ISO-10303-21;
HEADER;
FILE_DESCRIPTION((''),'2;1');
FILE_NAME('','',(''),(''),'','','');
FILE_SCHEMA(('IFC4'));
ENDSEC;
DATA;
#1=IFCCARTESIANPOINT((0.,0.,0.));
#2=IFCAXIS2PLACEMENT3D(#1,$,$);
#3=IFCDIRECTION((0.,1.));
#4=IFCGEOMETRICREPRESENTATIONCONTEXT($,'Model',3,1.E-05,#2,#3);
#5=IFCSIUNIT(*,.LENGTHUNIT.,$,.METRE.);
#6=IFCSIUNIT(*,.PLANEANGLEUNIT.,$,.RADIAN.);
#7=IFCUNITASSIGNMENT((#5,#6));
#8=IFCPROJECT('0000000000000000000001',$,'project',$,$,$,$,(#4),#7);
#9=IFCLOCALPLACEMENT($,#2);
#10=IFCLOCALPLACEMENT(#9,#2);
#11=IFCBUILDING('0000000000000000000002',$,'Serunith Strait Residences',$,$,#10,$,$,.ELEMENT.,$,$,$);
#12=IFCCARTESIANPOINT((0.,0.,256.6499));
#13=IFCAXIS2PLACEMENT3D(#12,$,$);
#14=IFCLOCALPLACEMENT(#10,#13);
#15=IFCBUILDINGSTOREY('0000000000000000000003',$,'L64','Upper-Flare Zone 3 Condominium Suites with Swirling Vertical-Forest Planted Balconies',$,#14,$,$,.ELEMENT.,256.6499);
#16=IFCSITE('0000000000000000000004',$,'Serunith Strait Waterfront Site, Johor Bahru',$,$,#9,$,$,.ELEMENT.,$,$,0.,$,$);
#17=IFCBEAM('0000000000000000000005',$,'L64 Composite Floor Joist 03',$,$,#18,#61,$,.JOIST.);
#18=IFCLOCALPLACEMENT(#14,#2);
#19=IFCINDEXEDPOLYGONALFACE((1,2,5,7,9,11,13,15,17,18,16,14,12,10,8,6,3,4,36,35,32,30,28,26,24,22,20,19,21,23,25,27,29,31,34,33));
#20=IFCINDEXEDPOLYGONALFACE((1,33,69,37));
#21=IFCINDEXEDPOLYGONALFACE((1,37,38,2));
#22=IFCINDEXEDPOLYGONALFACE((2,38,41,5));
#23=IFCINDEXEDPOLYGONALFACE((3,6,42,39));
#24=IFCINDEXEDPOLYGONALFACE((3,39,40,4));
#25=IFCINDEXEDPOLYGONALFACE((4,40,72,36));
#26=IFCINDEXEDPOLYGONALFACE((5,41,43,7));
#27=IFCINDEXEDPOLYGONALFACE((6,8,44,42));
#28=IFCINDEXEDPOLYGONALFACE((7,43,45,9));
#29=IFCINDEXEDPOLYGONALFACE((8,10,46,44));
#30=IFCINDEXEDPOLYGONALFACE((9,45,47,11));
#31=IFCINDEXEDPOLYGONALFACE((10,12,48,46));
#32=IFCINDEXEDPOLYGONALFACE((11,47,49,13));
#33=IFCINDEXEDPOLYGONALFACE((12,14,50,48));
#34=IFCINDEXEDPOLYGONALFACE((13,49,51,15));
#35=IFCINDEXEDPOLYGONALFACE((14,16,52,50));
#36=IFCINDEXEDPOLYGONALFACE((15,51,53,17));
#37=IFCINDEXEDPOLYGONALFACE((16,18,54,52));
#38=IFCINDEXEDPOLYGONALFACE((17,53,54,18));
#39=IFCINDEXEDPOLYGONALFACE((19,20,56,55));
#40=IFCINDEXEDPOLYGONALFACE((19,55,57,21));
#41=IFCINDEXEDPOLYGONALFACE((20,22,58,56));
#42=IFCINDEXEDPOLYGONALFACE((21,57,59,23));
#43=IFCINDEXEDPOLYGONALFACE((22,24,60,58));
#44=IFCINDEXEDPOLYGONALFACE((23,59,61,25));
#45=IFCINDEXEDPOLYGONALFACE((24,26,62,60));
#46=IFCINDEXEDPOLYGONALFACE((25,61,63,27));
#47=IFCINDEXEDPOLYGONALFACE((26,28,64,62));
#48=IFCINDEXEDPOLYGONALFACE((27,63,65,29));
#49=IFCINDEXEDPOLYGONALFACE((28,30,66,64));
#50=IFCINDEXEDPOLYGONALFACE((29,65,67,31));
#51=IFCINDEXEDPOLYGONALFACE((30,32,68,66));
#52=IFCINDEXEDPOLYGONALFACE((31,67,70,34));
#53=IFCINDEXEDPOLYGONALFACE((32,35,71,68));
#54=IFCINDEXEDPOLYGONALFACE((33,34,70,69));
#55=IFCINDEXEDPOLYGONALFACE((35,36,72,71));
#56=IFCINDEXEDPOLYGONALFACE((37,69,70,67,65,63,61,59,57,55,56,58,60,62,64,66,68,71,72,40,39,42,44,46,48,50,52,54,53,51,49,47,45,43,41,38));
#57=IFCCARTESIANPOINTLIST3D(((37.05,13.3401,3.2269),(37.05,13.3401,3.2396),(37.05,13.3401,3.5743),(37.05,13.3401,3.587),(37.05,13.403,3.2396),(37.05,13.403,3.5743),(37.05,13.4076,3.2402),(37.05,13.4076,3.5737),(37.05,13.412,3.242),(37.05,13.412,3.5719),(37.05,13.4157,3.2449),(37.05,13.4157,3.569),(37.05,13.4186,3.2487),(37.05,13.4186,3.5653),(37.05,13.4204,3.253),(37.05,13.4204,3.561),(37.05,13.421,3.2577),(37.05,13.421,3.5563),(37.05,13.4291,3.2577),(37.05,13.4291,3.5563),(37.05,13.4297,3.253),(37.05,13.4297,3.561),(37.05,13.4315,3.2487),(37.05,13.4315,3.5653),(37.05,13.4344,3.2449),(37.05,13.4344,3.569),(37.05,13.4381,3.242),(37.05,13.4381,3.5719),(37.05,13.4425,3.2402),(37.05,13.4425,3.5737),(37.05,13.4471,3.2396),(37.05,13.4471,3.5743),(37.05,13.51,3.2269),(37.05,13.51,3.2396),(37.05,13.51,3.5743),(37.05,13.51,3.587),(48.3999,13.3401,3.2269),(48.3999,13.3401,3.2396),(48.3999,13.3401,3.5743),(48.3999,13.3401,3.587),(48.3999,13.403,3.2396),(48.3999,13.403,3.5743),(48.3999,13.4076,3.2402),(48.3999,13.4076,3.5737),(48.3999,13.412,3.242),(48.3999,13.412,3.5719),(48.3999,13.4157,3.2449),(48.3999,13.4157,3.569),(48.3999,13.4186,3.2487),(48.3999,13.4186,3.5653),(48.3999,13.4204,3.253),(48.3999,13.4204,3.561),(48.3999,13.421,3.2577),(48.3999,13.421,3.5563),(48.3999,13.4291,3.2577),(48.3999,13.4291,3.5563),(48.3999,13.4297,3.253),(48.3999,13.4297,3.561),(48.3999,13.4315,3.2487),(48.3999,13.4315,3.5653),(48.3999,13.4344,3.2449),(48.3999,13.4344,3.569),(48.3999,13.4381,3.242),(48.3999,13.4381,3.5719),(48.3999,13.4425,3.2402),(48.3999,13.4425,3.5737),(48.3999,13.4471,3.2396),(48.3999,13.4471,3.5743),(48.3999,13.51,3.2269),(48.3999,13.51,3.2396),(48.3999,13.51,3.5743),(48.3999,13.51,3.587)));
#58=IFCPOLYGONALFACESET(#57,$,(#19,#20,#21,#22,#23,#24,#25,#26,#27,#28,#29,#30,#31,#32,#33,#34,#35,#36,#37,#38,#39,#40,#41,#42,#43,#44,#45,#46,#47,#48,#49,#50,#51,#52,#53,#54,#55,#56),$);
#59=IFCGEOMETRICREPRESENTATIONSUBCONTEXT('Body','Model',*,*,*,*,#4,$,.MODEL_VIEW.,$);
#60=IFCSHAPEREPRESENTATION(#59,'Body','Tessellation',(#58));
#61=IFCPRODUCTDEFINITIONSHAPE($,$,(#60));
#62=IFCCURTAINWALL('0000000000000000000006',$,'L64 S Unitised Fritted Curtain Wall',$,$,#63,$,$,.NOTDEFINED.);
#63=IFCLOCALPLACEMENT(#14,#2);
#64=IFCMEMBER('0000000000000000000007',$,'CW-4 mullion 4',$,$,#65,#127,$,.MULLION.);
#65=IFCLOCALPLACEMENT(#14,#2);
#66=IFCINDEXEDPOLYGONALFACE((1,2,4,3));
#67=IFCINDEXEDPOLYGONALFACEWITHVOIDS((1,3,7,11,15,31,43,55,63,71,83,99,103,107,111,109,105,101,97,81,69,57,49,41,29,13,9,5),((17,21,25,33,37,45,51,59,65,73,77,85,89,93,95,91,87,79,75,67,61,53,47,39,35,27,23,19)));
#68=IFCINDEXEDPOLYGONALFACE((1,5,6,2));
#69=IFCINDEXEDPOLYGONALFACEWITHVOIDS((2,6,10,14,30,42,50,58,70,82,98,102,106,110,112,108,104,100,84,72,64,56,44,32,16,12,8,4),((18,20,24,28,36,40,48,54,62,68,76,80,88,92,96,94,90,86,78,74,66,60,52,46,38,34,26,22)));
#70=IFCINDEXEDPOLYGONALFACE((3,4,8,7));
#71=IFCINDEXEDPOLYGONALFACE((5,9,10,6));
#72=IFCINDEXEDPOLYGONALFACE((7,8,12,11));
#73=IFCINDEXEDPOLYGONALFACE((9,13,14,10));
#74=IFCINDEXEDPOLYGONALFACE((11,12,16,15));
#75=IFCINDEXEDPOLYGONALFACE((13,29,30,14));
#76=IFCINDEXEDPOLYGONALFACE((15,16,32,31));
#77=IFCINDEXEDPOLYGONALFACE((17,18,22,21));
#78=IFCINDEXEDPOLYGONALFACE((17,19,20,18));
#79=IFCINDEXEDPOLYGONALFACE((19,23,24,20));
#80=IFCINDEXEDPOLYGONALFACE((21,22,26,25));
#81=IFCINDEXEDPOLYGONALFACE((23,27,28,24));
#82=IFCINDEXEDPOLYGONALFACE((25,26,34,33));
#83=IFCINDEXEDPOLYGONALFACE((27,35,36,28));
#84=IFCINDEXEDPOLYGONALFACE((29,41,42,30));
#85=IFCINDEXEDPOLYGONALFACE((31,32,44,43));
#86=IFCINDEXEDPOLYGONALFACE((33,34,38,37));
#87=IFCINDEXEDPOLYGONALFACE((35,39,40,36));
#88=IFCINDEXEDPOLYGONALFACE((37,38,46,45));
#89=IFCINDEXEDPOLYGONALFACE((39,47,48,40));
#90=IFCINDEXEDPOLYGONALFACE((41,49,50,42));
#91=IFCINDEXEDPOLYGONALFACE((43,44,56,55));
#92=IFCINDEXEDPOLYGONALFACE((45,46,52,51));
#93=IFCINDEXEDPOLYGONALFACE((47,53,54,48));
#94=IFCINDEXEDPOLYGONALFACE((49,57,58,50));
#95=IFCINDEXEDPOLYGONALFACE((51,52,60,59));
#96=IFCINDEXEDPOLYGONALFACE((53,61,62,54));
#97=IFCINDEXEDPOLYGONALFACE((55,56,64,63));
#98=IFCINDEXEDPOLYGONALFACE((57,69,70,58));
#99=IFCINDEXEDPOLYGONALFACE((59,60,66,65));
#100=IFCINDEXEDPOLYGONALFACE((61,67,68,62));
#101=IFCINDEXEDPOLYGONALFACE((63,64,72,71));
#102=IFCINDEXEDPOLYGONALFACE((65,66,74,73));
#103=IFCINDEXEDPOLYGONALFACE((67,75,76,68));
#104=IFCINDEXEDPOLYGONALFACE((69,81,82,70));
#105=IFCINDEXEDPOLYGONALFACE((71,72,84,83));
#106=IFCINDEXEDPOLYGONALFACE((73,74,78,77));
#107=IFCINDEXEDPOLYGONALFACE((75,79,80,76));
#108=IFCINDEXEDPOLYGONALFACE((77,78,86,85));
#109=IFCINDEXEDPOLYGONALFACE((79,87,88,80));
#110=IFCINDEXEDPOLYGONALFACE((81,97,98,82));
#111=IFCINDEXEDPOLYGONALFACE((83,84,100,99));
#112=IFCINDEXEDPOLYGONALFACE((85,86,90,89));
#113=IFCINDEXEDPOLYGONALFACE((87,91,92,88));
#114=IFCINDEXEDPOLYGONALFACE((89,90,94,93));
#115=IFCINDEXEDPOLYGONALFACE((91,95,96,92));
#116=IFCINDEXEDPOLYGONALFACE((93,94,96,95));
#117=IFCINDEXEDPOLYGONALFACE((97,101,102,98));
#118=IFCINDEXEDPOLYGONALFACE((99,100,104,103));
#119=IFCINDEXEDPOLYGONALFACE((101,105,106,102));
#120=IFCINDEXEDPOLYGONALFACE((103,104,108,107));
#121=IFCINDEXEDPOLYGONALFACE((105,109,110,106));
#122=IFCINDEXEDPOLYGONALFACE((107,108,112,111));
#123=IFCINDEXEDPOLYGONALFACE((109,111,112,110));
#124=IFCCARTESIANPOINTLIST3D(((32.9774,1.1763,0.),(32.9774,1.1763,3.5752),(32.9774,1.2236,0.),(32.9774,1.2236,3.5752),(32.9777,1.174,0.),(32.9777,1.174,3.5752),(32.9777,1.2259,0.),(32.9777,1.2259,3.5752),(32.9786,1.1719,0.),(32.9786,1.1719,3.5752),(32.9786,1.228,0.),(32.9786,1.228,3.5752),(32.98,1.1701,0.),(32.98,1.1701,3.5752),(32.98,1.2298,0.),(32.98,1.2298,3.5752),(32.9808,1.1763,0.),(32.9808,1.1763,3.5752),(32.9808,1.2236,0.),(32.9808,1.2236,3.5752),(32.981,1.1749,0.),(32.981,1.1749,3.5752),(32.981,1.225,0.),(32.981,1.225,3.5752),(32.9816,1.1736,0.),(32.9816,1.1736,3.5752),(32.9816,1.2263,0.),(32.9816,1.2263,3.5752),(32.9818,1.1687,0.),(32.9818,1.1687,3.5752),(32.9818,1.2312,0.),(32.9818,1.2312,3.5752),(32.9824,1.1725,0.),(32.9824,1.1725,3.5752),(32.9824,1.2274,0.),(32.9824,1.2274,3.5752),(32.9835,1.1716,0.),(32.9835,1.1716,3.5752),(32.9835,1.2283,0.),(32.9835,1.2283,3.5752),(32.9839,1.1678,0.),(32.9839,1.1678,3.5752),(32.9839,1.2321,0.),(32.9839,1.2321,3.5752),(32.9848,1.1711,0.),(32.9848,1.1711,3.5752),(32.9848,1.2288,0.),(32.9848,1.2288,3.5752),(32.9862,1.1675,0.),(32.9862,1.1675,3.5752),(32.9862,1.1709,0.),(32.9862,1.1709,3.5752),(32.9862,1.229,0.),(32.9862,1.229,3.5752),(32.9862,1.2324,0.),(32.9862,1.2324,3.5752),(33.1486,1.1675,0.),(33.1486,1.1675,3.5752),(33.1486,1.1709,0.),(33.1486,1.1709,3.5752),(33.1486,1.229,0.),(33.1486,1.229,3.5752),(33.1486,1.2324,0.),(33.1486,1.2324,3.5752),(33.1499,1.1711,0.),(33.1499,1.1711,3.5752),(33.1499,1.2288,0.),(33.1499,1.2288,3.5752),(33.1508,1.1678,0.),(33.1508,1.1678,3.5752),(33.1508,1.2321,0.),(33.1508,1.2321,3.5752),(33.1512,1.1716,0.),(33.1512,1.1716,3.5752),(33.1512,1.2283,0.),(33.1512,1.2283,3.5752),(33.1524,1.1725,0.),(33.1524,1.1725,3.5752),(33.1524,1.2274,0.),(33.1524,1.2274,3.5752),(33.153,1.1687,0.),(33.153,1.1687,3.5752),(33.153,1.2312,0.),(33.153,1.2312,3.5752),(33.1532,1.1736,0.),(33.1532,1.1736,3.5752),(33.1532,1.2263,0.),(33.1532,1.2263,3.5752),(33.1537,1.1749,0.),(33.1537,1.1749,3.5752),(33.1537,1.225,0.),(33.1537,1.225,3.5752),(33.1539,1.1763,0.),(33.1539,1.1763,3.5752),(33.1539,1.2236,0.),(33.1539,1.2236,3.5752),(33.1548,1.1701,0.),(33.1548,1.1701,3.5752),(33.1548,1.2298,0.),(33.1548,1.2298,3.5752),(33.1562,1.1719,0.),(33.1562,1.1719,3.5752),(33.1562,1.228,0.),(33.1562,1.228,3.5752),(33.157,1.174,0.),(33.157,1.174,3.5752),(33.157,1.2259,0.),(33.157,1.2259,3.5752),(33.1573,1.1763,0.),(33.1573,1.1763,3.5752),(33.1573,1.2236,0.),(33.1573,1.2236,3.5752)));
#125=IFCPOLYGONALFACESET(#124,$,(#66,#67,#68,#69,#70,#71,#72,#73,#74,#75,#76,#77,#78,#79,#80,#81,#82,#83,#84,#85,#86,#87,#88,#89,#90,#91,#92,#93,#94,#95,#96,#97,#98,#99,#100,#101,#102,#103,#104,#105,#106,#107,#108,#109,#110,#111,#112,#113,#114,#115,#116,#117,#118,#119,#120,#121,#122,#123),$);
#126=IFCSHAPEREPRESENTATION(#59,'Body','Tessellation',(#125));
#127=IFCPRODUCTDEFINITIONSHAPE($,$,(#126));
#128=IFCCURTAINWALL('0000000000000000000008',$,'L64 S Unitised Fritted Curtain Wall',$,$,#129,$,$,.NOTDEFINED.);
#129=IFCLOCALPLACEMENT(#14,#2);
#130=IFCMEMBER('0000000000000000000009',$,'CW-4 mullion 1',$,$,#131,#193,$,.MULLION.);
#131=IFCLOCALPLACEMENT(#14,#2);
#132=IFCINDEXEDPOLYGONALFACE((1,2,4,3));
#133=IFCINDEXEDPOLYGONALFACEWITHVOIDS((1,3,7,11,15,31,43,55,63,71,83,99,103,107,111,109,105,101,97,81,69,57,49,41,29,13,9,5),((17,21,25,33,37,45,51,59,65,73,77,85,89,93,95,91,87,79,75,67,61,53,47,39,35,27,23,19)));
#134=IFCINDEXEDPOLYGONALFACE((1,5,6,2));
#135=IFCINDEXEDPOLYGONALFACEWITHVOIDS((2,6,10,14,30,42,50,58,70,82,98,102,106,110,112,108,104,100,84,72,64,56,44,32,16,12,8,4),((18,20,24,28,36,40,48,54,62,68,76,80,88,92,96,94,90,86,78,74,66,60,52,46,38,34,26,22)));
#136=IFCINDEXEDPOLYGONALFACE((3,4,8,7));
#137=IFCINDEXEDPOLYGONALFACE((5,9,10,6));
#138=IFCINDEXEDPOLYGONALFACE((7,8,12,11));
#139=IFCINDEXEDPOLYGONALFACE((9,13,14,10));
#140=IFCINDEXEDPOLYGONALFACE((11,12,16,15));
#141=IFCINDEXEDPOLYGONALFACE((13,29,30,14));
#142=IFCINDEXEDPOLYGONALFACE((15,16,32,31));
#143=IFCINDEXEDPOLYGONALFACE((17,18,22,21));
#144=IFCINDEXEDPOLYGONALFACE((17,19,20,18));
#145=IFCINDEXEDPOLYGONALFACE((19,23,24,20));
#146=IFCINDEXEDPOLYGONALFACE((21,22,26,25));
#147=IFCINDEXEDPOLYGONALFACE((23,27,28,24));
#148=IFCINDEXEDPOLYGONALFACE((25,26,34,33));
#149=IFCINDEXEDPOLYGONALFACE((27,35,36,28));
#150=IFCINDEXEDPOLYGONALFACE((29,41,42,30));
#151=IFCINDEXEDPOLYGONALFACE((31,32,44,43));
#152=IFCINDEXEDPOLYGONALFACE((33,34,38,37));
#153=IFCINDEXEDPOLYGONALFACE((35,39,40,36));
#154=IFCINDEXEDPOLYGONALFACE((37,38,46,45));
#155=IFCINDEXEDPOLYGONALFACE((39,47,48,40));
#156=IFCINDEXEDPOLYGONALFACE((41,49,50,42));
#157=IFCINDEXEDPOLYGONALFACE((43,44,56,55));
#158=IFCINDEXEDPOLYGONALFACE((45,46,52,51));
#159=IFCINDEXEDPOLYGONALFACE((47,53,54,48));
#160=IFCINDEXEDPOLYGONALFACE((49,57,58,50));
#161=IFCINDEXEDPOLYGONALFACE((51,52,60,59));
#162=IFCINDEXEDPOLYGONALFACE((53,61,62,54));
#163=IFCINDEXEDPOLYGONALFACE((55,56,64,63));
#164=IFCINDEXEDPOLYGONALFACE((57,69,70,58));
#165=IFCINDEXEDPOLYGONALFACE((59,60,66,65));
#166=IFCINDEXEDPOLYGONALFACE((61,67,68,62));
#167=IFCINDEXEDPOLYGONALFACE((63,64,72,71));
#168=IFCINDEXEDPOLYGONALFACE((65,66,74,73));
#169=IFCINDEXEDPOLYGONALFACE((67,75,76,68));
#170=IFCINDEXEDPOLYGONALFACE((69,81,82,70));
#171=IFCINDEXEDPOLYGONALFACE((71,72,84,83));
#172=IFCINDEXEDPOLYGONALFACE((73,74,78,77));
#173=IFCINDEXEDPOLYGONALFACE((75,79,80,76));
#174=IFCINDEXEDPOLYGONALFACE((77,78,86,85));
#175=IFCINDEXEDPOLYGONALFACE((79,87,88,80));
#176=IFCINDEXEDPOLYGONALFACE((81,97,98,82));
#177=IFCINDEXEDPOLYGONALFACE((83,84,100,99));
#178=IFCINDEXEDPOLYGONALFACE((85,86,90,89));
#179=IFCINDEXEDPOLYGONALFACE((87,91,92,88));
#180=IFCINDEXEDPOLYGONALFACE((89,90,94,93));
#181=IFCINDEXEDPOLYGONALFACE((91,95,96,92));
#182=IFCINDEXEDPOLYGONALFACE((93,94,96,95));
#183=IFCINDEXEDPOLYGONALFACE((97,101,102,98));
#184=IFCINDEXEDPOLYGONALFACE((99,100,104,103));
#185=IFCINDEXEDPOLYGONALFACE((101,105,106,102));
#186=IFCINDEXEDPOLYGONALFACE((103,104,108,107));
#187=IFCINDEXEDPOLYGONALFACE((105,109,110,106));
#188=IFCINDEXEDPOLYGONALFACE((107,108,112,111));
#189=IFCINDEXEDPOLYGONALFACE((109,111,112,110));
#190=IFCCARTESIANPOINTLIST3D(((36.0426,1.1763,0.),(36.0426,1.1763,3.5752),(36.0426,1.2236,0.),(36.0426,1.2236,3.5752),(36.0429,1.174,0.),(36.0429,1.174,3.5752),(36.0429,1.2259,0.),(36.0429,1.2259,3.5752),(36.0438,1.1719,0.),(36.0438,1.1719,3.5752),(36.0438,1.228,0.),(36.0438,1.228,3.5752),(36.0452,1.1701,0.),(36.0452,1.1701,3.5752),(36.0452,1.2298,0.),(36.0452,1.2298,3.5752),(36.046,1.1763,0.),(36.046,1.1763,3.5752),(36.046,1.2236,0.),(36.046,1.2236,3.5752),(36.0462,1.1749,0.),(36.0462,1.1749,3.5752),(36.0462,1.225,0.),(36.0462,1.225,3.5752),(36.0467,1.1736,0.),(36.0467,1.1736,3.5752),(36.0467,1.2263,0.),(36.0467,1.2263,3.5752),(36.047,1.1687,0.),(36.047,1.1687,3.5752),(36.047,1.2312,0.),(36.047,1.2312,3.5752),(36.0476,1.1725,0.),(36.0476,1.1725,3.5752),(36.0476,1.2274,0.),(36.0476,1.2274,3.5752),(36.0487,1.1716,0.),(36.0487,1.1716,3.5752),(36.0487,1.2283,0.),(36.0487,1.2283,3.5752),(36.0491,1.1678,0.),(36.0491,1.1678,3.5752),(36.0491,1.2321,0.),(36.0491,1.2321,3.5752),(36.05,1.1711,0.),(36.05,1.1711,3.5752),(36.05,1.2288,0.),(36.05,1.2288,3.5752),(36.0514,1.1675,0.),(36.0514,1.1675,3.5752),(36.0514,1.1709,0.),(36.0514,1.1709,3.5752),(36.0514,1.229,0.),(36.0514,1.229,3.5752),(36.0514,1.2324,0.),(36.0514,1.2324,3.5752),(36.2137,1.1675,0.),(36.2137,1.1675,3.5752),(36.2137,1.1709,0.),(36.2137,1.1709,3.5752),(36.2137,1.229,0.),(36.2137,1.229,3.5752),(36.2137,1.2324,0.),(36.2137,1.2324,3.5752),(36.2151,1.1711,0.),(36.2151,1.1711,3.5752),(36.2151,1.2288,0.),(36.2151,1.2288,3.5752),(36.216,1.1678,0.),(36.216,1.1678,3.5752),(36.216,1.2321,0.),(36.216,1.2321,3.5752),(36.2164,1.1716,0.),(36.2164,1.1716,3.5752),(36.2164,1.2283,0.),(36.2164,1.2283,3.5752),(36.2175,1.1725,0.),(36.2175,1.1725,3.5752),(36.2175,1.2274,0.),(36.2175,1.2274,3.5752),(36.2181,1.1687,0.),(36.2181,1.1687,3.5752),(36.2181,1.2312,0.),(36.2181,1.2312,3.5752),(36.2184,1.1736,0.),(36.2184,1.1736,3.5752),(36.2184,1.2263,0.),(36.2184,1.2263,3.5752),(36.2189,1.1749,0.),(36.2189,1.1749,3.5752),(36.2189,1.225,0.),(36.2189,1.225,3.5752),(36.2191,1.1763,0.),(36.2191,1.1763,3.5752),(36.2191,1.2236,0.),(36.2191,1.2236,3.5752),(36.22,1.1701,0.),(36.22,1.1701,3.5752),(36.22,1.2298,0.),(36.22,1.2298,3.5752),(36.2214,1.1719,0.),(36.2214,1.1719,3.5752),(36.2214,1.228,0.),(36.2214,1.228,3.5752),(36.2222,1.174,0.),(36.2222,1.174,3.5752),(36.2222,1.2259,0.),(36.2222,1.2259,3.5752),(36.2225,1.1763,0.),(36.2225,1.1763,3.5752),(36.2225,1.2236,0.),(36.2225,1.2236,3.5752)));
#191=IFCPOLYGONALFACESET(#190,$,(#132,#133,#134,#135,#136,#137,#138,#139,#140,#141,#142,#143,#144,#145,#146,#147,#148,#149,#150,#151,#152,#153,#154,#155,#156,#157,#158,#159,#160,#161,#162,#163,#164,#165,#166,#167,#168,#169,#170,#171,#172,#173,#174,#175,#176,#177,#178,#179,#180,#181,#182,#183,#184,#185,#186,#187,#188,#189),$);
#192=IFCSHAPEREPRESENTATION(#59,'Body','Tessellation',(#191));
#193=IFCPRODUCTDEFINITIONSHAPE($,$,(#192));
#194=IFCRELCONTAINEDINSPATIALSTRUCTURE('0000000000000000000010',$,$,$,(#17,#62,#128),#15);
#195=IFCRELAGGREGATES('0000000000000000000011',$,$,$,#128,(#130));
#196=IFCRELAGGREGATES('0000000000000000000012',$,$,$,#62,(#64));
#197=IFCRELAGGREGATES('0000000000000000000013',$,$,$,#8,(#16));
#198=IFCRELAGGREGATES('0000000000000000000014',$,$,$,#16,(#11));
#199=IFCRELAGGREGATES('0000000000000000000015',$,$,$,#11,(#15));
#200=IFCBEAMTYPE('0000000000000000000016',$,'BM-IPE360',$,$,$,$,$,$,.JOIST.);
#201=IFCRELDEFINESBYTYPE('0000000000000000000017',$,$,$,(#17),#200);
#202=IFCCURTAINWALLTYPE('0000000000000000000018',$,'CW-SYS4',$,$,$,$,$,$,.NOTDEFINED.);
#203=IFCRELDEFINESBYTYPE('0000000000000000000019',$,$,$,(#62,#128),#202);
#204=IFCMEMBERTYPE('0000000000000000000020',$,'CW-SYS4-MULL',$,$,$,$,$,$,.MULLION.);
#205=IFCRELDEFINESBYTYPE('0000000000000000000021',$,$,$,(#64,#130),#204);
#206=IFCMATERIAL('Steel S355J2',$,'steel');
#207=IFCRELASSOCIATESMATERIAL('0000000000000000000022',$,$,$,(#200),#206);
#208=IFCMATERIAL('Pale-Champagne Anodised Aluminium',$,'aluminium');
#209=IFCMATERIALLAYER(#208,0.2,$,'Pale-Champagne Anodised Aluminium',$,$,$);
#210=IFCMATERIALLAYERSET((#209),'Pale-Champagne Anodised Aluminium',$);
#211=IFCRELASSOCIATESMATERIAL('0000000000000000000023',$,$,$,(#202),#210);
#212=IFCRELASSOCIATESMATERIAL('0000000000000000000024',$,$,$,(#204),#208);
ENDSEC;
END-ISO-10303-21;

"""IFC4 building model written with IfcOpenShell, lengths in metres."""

from ifc_helpers import new_model, si_unit, direction, frame, origin, origin_2d, place, context, subcontext, project, spatial, hollow_rectangle, i_section, extrude, source, transform, mapped, material, layer, layer_set, material_profile, profile_set, type_object, element, aggregate, save


model = new_model("IFC4")

# Units and contexts
model_context = context("Model", 3, precision=1e-05, world=origin(), true_north=direction((0.0, 1.0)))
body_context = subcontext(model_context, "Body", "Model", "MODEL_VIEW")
ifc_project = project(units=[si_unit("LENGTHUNIT", "METRE"), si_unit("PLANEANGLEUNIT", "RADIAN")], contexts=[model_context])

# Site, building, storey
site_placement = place(None, origin())
site = spatial("IfcSite", under=ifc_project, at=site_placement, Name="Serunith Strait Waterfront Site, Johor Bahru", CompositionType="ELEMENT", RefElevation=0.0)
building_placement = place(site_placement, origin())
building = spatial("IfcBuilding", under=site, at=building_placement, Name="Serunith Strait Residences", CompositionType="ELEMENT")
storey_placement = place(building_placement, frame((0.0, 0.0, 256.6499)))
storey = spatial("IfcBuildingStorey", under=building, at=storey_placement, Name="L64", Description="Upper-Flare Zone 3 Condominium Suites with Swirling Vertical-Forest Planted Balconies", CompositionType="ELEMENT", Elevation=256.6499)

# Beam
ifc_material_1 = material(Name="Steel S355J2", Category="steel")
ifc_material_profile_1 = material_profile(ifc_material_1, i_section(OverallWidth=0.1699, OverallDepth=0.3601, WebThickness=0.0081, FlangeThickness=0.0127, FilletRadius=0.0181, at=origin_2d()), Name="IPE 360")
ifc_profile_set_1 = profile_set([ifc_material_profile_1], Name="Steel S355J2")
beam_type_1 = type_object("IfcBeamType", Name="BM-IPE360", PredefinedType="JOIST", material=ifc_profile_set_1)
shared_shape_1 = source(origin(), body_context, "Body", "SweptSolid", [
    extrude(i_section(OverallWidth=0.1699, OverallDepth=0.3601, WebThickness=0.0081, FlangeThickness=0.0127, FilletRadius=0.0181, at=origin_2d()), origin(), (0.0, 0.0, 1.0), 11.3499),
])
beam_1_placement = place(storey_placement, frame((37.05, 13.425, 3.407), z_axis=(1.0, 0.0, 0.0), x_axis=(0.0, 1.0, 0.0)))
element("IfcBeam", 1, at=beam_1_placement, inside=storey, type_object=beam_type_1, Name="L64 Composite Floor Joist 03", PredefinedType="JOIST", context=body_context, shape_type="MappedRepresentation", body=[
    mapped(shared_shape_1, transform((0.0, 0.0, 0.0), scale=1.0)),
])

# Curtain wall, member
ifc_material_2 = material(Name="Pale-Champagne Anodised Aluminium", Category="aluminium")
ifc_layer_1 = layer(ifc_material_2, 0.2, Name="Pale-Champagne Anodised Aluminium")
ifc_layer_set_1 = layer_set([ifc_layer_1], Name="Pale-Champagne Anodised Aluminium")
curtain_wall_type = type_object("IfcCurtainWallType", Name="CW-SYS4", PredefinedType="NOTDEFINED", material=ifc_layer_set_1)
curtain_wall_1_placement = place(storey_placement, origin())
curtain_wall_1 = element("IfcCurtainWall", 2, at=curtain_wall_1_placement, inside=storey, type_object=curtain_wall_type, Name="L64 S Unitised Fritted Curtain Wall", PredefinedType="NOTDEFINED")
ifc_material_profile_2 = material_profile(ifc_material_2, hollow_rectangle(XDim=0.0649, YDim=0.1799, WallThickness=0.0034, InnerFilletRadius=0.0054, OuterFilletRadius=0.0088, at=origin_2d()), Name="ALU 180x65x3.5")
ifc_profile_set_2 = profile_set([ifc_material_profile_2], Name="Pale-Champagne Anodised Aluminium")
member_type_1 = type_object("IfcMemberType", Name="CW-SYS4-MULL", PredefinedType="MULLION", material=ifc_profile_set_2)
shared_shape_2 = source(origin(), body_context, "Body", "SweptSolid", [
    extrude(hollow_rectangle(XDim=0.0649, YDim=0.1799, WallThickness=0.0034, InnerFilletRadius=0.0054, OuterFilletRadius=0.0088, at=origin_2d()), origin(), (0.0, 0.0, 1.0), 3.5752),
])
member_1_placement = place(storey_placement, frame((33.0674, 1.2, 0.0), z_axis=(0.0, 0.0, 1.0), x_axis=(0.0, 1.0, 0.0)))
member_1 = element("IfcMember", 3, at=member_1_placement, type_object=member_type_1, Name="CW-4 mullion 4", PredefinedType="MULLION", context=body_context, shape_type="MappedRepresentation", body=[
    mapped(shared_shape_2, transform((0.0, 0.0, 0.0), scale=1.0)),
])

# Curtain wall, member
curtain_wall_2_placement = place(storey_placement, origin())
curtain_wall_2 = element("IfcCurtainWall", 4, at=curtain_wall_2_placement, inside=storey, type_object=curtain_wall_type, Name="L64 S Unitised Fritted Curtain Wall", PredefinedType="NOTDEFINED")
member_2_placement = place(storey_placement, frame((36.1326, 1.2, 0.0), z_axis=(0.0, 0.0, 1.0), x_axis=(0.0, 1.0, 0.0)))
member_2 = element("IfcMember", 5, at=member_2_placement, type_object=member_type_1, Name="CW-4 mullion 1", PredefinedType="MULLION", context=body_context, shape_type="MappedRepresentation", body=[
    mapped(shared_shape_2, transform((0.0, 0.0, 0.0), scale=1.0)),
])
aggregate(curtain_wall_2, [member_2])

aggregate(curtain_wall_1, [member_1])

save(model, "model.ifc")
